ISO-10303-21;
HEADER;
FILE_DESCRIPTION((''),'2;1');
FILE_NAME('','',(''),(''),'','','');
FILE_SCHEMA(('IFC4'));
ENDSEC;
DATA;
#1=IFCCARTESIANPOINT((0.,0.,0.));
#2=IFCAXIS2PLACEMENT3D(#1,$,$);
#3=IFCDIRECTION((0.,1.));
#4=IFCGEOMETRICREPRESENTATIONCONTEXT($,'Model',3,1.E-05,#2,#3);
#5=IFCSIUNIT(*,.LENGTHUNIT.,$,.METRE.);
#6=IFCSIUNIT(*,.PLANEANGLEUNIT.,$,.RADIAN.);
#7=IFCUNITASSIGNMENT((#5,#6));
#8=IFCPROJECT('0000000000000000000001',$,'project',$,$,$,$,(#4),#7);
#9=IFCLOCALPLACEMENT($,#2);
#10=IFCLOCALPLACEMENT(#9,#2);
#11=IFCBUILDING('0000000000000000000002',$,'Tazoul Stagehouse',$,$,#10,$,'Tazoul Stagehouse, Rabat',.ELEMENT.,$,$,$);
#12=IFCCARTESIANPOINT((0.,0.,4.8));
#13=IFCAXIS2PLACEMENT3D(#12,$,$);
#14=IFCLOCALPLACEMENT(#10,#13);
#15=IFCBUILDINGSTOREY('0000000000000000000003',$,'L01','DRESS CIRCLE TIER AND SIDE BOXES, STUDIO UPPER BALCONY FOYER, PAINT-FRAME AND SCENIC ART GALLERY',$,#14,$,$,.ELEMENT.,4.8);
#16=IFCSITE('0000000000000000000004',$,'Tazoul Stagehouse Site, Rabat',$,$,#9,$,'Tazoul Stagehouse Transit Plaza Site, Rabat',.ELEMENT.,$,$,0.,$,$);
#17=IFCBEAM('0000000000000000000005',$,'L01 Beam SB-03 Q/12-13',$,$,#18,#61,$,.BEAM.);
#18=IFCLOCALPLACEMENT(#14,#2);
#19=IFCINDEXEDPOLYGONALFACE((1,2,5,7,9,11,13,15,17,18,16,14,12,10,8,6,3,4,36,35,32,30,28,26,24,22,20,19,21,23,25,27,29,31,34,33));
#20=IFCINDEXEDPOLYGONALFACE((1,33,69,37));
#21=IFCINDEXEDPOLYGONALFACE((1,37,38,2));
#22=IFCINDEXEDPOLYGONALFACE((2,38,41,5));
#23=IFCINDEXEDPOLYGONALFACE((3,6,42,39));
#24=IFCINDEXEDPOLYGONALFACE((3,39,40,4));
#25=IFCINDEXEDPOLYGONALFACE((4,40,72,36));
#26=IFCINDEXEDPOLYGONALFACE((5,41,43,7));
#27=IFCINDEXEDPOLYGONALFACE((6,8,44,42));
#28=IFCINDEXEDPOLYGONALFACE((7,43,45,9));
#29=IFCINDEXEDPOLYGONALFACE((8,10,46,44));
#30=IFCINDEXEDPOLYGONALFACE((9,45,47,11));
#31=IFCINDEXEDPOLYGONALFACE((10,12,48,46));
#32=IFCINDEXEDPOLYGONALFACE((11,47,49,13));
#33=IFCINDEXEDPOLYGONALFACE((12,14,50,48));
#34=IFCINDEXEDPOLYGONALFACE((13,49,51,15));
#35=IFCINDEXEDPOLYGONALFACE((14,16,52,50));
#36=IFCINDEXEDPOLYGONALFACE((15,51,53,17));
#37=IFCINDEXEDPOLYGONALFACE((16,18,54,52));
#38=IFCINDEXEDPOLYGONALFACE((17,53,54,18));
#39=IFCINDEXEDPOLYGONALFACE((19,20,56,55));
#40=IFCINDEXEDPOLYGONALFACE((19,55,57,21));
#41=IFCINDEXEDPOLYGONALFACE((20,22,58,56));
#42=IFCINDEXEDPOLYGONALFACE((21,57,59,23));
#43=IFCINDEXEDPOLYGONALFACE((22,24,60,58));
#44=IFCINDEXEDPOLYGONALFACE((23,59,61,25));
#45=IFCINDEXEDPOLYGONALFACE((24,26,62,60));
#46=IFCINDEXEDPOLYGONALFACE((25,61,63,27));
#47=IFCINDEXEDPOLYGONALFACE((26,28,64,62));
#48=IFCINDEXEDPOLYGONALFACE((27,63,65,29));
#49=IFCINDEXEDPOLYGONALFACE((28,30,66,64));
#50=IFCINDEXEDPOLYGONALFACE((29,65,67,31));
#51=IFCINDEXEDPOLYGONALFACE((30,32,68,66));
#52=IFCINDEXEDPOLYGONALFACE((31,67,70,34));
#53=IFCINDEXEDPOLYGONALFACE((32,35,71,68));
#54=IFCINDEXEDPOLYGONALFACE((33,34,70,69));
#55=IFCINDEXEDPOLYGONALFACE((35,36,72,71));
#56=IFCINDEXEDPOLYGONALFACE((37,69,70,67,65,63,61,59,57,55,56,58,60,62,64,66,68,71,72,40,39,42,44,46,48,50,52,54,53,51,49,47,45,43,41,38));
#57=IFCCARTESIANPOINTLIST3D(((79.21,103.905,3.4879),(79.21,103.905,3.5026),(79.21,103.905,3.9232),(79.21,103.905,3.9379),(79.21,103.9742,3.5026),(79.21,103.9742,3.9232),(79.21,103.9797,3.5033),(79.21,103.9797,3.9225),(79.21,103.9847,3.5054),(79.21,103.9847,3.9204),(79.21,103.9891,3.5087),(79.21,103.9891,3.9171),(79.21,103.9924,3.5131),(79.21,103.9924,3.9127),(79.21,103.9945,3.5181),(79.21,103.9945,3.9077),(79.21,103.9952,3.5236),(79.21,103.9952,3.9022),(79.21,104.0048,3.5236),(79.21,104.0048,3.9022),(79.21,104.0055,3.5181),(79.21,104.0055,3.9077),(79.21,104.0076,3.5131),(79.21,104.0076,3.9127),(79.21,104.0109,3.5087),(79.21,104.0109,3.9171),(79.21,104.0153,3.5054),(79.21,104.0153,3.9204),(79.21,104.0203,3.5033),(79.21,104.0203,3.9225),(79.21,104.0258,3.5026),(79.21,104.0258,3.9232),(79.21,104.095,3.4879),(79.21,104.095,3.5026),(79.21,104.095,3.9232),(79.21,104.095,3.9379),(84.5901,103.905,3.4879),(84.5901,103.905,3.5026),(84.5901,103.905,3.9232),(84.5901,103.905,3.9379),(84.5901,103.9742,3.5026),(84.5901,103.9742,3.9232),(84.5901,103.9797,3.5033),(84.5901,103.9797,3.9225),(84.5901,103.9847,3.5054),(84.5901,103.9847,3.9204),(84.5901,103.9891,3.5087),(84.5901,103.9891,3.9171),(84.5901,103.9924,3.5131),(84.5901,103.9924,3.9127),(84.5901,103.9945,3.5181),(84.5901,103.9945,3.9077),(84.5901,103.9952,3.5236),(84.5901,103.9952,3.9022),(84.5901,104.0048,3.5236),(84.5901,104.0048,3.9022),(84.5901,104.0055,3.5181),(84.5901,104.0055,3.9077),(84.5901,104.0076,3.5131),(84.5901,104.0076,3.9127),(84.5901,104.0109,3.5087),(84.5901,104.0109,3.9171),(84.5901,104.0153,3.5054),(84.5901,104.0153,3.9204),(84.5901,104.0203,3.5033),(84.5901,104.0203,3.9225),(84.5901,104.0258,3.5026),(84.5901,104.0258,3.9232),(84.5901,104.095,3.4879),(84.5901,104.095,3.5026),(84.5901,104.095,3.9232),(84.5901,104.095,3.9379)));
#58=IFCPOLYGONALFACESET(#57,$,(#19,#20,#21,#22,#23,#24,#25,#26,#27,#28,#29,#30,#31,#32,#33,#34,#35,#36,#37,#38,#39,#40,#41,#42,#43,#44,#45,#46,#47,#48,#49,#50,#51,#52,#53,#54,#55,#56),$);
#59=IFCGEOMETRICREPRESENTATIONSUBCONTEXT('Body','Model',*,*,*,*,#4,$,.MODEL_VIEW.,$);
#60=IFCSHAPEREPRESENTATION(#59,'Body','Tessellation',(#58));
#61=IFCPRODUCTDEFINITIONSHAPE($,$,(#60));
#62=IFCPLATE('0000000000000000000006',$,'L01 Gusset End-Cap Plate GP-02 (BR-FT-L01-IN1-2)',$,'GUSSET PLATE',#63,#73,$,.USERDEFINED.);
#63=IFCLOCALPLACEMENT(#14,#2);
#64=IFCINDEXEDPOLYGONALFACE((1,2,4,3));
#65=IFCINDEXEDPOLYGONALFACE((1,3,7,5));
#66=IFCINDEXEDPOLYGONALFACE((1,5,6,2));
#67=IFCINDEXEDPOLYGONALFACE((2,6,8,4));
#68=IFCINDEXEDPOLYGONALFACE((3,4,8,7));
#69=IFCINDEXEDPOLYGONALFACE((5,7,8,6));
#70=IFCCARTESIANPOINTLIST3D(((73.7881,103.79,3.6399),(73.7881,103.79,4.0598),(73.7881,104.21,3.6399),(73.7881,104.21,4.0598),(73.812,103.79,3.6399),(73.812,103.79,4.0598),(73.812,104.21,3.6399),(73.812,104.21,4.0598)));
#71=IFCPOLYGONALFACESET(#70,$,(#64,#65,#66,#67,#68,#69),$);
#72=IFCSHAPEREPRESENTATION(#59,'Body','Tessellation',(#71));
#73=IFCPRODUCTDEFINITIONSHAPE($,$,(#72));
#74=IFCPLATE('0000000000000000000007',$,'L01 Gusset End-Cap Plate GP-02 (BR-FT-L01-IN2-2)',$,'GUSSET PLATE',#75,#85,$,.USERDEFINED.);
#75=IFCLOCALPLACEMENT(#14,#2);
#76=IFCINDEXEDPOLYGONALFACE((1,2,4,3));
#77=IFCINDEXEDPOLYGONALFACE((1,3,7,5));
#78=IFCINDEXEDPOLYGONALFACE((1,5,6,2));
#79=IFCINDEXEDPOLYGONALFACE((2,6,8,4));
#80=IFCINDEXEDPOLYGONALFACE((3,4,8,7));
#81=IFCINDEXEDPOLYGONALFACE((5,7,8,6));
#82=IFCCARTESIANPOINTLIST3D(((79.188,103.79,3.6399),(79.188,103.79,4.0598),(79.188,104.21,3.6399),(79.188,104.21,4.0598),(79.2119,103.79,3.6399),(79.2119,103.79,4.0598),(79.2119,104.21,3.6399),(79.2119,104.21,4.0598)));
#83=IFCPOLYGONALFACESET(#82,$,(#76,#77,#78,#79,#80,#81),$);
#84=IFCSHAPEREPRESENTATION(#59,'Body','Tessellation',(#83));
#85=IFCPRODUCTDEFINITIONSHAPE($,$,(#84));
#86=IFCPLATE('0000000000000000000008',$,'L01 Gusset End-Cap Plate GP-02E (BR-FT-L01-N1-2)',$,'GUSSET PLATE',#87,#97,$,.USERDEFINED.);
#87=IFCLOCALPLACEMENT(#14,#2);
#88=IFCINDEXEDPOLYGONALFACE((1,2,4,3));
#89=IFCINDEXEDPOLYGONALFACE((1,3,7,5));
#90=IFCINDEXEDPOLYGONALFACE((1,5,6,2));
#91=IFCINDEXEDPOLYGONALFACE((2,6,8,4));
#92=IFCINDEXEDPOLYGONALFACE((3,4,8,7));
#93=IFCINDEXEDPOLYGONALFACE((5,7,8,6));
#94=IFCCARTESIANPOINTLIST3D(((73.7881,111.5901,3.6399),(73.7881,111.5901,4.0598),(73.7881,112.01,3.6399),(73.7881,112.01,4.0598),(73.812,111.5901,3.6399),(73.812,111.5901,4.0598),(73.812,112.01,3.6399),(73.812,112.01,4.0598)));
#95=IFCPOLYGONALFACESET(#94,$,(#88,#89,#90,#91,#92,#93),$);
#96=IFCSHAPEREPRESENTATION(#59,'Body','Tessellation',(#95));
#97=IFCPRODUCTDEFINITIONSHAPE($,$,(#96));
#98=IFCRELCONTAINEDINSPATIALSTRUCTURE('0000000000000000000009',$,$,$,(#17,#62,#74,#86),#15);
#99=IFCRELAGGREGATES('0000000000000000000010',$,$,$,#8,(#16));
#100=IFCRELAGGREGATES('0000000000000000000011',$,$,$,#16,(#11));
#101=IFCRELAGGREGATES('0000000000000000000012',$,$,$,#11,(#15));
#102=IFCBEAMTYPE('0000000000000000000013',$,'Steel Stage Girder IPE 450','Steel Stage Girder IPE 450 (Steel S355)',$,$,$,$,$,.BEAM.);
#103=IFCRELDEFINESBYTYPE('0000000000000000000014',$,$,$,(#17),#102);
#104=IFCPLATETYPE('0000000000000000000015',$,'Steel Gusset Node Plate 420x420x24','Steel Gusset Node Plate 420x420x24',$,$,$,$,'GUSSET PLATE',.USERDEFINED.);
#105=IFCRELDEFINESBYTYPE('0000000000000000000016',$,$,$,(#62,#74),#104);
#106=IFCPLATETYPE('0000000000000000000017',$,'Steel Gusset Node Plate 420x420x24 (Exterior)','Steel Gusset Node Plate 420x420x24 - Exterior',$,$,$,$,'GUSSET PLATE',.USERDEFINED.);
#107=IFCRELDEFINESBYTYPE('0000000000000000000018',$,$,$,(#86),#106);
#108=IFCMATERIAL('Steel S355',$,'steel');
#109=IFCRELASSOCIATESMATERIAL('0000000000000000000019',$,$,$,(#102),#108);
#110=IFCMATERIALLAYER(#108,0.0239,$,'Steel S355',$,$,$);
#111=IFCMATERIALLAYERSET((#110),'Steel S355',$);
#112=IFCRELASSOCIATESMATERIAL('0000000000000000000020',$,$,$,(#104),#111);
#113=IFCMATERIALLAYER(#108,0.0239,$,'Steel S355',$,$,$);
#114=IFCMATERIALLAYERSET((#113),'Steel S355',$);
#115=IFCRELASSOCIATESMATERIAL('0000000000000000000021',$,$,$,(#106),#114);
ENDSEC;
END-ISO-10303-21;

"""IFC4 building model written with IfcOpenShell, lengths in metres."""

from ifc_helpers import new_model, si_unit, direction, frame, origin, origin_2d, place, context, subcontext, project, spatial, rectangle, i_section, extrude, material, layer, layer_set, material_profile, profile_set, type_object, element, save


model = new_model("IFC4")

# Units and contexts
model_context = context("Model", 3, precision=1e-05, world=origin(), true_north=direction((0.0, 1.0)))
body_context = subcontext(model_context, "Body", "Model", "MODEL_VIEW")
ifc_project = project(units=[si_unit("LENGTHUNIT", "METRE"), si_unit("PLANEANGLEUNIT", "RADIAN")], contexts=[model_context])

# Site, building, storey
site_placement = place(None, origin())
site = spatial("IfcSite", under=ifc_project, at=site_placement, Name="Tazoul Stagehouse Site, Rabat", LongName="Tazoul Stagehouse Transit Plaza Site, Rabat", CompositionType="ELEMENT", RefElevation=0.0)
building_placement = place(site_placement, origin())
building = spatial("IfcBuilding", under=site, at=building_placement, Name="Tazoul Stagehouse", LongName="Tazoul Stagehouse, Rabat", CompositionType="ELEMENT")
storey_placement = place(building_placement, frame((0.0, 0.0, 4.8)))
storey = spatial("IfcBuildingStorey", under=building, at=storey_placement, Name="L01", Description="DRESS CIRCLE TIER AND SIDE BOXES, STUDIO UPPER BALCONY FOYER, PAINT-FRAME AND SCENIC ART GALLERY", CompositionType="ELEMENT", Elevation=4.8)

# Shared definitions
ifc_material = material(Name="Steel S355", Category="steel")

# Beam
ifc_material_profile_1 = material_profile(ifc_material, i_section(OverallWidth=0.1899, OverallDepth=0.45, WebThickness=0.0095, FlangeThickness=0.0146, FilletRadius=0.021, at=origin_2d()), Name="IPE 450")
ifc_profile_set_1 = profile_set([ifc_material_profile_1], Name="Steel S355")
beam_type_1 = type_object("IfcBeamType", Name="Steel Stage Girder IPE 450", Description="Steel Stage Girder IPE 450 (Steel S355)", PredefinedType="BEAM", material=ifc_profile_set_1)
beam_1_placement = place(storey_placement, frame((79.21, 104.0, 3.7129), z_axis=(1.0, 0.0, 0.0), x_axis=(0.0, 1.0, 0.0)))
element("IfcBeam", 1, at=beam_1_placement, inside=storey, type_object=beam_type_1, Name="L01 Beam SB-03 Q/12-13", PredefinedType="BEAM", context=body_context, shape_type="SweptSolid", body=[
    extrude(i_section(OverallWidth=0.1899, OverallDepth=0.45, WebThickness=0.0095, FlangeThickness=0.0146, FilletRadius=0.021, at=origin_2d()), origin(), (0.0, 0.0, 1.0), 5.3801),
])

# Plates
ifc_layer_1 = layer(ifc_material, 0.0239, Name="Steel S355")
ifc_layer_set_1 = layer_set([ifc_layer_1], Name="Steel S355")
plate_type_1 = type_object("IfcPlateType", Name="Steel Gusset Node Plate 420x420x24", Description="Steel Gusset Node Plate 420x420x24", ElementType="GUSSET PLATE", PredefinedType="USERDEFINED", material=ifc_layer_set_1)
for number, where, z_axis, x_axis, name in (
    (2, (73.8, 104.0, 3.6399), (0.0, 0.0, 1.0), (1.0, 0.0, 0.0), "L01 Gusset End-Cap Plate GP-02 (BR-FT-L01-IN1-2)"),
    (3, (79.2, 104.0, 3.6399), (0.0, 0.0, 1.0), (-1.0, 0.0, 0.0), "L01 Gusset End-Cap Plate GP-02 (BR-FT-L01-IN2-2)"),
):
    element("IfcPlate", number, at=place(storey_placement, frame(where, z_axis=z_axis, x_axis=x_axis)), inside=storey, type_object=plate_type_1, Name=name, ObjectType="GUSSET PLATE", PredefinedType="USERDEFINED", context=body_context, shape_type="SweptSolid", body=[
        extrude(rectangle(XDim=0.0239, YDim=0.4199, at=origin_2d()), origin(), (0.0, 0.0, 1.0), 0.4199),
    ])
ifc_layer_2 = layer(ifc_material, 0.0239, Name="Steel S355")
ifc_layer_set_2 = layer_set([ifc_layer_2], Name="Steel S355")
plate_type_2 = type_object("IfcPlateType", Name="Steel Gusset Node Plate 420x420x24 (Exterior)", Description="Steel Gusset Node Plate 420x420x24 - Exterior", ElementType="GUSSET PLATE", PredefinedType="USERDEFINED", material=ifc_layer_set_2)
plate_placement = place(storey_placement, frame((73.8, 111.8, 3.6399), z_axis=(0.0, 0.0, 1.0), x_axis=(1.0, 0.0, 0.0)))
element("IfcPlate", 4, at=plate_placement, inside=storey, type_object=plate_type_2, Name="L01 Gusset End-Cap Plate GP-02E (BR-FT-L01-N1-2)", ObjectType="GUSSET PLATE", PredefinedType="USERDEFINED", context=body_context, shape_type="SweptSolid", body=[
    extrude(rectangle(XDim=0.0239, YDim=0.4199, at=origin_2d()), origin(), (0.0, 0.0, 1.0), 0.4199),
])

save(model, "model.ifc")
